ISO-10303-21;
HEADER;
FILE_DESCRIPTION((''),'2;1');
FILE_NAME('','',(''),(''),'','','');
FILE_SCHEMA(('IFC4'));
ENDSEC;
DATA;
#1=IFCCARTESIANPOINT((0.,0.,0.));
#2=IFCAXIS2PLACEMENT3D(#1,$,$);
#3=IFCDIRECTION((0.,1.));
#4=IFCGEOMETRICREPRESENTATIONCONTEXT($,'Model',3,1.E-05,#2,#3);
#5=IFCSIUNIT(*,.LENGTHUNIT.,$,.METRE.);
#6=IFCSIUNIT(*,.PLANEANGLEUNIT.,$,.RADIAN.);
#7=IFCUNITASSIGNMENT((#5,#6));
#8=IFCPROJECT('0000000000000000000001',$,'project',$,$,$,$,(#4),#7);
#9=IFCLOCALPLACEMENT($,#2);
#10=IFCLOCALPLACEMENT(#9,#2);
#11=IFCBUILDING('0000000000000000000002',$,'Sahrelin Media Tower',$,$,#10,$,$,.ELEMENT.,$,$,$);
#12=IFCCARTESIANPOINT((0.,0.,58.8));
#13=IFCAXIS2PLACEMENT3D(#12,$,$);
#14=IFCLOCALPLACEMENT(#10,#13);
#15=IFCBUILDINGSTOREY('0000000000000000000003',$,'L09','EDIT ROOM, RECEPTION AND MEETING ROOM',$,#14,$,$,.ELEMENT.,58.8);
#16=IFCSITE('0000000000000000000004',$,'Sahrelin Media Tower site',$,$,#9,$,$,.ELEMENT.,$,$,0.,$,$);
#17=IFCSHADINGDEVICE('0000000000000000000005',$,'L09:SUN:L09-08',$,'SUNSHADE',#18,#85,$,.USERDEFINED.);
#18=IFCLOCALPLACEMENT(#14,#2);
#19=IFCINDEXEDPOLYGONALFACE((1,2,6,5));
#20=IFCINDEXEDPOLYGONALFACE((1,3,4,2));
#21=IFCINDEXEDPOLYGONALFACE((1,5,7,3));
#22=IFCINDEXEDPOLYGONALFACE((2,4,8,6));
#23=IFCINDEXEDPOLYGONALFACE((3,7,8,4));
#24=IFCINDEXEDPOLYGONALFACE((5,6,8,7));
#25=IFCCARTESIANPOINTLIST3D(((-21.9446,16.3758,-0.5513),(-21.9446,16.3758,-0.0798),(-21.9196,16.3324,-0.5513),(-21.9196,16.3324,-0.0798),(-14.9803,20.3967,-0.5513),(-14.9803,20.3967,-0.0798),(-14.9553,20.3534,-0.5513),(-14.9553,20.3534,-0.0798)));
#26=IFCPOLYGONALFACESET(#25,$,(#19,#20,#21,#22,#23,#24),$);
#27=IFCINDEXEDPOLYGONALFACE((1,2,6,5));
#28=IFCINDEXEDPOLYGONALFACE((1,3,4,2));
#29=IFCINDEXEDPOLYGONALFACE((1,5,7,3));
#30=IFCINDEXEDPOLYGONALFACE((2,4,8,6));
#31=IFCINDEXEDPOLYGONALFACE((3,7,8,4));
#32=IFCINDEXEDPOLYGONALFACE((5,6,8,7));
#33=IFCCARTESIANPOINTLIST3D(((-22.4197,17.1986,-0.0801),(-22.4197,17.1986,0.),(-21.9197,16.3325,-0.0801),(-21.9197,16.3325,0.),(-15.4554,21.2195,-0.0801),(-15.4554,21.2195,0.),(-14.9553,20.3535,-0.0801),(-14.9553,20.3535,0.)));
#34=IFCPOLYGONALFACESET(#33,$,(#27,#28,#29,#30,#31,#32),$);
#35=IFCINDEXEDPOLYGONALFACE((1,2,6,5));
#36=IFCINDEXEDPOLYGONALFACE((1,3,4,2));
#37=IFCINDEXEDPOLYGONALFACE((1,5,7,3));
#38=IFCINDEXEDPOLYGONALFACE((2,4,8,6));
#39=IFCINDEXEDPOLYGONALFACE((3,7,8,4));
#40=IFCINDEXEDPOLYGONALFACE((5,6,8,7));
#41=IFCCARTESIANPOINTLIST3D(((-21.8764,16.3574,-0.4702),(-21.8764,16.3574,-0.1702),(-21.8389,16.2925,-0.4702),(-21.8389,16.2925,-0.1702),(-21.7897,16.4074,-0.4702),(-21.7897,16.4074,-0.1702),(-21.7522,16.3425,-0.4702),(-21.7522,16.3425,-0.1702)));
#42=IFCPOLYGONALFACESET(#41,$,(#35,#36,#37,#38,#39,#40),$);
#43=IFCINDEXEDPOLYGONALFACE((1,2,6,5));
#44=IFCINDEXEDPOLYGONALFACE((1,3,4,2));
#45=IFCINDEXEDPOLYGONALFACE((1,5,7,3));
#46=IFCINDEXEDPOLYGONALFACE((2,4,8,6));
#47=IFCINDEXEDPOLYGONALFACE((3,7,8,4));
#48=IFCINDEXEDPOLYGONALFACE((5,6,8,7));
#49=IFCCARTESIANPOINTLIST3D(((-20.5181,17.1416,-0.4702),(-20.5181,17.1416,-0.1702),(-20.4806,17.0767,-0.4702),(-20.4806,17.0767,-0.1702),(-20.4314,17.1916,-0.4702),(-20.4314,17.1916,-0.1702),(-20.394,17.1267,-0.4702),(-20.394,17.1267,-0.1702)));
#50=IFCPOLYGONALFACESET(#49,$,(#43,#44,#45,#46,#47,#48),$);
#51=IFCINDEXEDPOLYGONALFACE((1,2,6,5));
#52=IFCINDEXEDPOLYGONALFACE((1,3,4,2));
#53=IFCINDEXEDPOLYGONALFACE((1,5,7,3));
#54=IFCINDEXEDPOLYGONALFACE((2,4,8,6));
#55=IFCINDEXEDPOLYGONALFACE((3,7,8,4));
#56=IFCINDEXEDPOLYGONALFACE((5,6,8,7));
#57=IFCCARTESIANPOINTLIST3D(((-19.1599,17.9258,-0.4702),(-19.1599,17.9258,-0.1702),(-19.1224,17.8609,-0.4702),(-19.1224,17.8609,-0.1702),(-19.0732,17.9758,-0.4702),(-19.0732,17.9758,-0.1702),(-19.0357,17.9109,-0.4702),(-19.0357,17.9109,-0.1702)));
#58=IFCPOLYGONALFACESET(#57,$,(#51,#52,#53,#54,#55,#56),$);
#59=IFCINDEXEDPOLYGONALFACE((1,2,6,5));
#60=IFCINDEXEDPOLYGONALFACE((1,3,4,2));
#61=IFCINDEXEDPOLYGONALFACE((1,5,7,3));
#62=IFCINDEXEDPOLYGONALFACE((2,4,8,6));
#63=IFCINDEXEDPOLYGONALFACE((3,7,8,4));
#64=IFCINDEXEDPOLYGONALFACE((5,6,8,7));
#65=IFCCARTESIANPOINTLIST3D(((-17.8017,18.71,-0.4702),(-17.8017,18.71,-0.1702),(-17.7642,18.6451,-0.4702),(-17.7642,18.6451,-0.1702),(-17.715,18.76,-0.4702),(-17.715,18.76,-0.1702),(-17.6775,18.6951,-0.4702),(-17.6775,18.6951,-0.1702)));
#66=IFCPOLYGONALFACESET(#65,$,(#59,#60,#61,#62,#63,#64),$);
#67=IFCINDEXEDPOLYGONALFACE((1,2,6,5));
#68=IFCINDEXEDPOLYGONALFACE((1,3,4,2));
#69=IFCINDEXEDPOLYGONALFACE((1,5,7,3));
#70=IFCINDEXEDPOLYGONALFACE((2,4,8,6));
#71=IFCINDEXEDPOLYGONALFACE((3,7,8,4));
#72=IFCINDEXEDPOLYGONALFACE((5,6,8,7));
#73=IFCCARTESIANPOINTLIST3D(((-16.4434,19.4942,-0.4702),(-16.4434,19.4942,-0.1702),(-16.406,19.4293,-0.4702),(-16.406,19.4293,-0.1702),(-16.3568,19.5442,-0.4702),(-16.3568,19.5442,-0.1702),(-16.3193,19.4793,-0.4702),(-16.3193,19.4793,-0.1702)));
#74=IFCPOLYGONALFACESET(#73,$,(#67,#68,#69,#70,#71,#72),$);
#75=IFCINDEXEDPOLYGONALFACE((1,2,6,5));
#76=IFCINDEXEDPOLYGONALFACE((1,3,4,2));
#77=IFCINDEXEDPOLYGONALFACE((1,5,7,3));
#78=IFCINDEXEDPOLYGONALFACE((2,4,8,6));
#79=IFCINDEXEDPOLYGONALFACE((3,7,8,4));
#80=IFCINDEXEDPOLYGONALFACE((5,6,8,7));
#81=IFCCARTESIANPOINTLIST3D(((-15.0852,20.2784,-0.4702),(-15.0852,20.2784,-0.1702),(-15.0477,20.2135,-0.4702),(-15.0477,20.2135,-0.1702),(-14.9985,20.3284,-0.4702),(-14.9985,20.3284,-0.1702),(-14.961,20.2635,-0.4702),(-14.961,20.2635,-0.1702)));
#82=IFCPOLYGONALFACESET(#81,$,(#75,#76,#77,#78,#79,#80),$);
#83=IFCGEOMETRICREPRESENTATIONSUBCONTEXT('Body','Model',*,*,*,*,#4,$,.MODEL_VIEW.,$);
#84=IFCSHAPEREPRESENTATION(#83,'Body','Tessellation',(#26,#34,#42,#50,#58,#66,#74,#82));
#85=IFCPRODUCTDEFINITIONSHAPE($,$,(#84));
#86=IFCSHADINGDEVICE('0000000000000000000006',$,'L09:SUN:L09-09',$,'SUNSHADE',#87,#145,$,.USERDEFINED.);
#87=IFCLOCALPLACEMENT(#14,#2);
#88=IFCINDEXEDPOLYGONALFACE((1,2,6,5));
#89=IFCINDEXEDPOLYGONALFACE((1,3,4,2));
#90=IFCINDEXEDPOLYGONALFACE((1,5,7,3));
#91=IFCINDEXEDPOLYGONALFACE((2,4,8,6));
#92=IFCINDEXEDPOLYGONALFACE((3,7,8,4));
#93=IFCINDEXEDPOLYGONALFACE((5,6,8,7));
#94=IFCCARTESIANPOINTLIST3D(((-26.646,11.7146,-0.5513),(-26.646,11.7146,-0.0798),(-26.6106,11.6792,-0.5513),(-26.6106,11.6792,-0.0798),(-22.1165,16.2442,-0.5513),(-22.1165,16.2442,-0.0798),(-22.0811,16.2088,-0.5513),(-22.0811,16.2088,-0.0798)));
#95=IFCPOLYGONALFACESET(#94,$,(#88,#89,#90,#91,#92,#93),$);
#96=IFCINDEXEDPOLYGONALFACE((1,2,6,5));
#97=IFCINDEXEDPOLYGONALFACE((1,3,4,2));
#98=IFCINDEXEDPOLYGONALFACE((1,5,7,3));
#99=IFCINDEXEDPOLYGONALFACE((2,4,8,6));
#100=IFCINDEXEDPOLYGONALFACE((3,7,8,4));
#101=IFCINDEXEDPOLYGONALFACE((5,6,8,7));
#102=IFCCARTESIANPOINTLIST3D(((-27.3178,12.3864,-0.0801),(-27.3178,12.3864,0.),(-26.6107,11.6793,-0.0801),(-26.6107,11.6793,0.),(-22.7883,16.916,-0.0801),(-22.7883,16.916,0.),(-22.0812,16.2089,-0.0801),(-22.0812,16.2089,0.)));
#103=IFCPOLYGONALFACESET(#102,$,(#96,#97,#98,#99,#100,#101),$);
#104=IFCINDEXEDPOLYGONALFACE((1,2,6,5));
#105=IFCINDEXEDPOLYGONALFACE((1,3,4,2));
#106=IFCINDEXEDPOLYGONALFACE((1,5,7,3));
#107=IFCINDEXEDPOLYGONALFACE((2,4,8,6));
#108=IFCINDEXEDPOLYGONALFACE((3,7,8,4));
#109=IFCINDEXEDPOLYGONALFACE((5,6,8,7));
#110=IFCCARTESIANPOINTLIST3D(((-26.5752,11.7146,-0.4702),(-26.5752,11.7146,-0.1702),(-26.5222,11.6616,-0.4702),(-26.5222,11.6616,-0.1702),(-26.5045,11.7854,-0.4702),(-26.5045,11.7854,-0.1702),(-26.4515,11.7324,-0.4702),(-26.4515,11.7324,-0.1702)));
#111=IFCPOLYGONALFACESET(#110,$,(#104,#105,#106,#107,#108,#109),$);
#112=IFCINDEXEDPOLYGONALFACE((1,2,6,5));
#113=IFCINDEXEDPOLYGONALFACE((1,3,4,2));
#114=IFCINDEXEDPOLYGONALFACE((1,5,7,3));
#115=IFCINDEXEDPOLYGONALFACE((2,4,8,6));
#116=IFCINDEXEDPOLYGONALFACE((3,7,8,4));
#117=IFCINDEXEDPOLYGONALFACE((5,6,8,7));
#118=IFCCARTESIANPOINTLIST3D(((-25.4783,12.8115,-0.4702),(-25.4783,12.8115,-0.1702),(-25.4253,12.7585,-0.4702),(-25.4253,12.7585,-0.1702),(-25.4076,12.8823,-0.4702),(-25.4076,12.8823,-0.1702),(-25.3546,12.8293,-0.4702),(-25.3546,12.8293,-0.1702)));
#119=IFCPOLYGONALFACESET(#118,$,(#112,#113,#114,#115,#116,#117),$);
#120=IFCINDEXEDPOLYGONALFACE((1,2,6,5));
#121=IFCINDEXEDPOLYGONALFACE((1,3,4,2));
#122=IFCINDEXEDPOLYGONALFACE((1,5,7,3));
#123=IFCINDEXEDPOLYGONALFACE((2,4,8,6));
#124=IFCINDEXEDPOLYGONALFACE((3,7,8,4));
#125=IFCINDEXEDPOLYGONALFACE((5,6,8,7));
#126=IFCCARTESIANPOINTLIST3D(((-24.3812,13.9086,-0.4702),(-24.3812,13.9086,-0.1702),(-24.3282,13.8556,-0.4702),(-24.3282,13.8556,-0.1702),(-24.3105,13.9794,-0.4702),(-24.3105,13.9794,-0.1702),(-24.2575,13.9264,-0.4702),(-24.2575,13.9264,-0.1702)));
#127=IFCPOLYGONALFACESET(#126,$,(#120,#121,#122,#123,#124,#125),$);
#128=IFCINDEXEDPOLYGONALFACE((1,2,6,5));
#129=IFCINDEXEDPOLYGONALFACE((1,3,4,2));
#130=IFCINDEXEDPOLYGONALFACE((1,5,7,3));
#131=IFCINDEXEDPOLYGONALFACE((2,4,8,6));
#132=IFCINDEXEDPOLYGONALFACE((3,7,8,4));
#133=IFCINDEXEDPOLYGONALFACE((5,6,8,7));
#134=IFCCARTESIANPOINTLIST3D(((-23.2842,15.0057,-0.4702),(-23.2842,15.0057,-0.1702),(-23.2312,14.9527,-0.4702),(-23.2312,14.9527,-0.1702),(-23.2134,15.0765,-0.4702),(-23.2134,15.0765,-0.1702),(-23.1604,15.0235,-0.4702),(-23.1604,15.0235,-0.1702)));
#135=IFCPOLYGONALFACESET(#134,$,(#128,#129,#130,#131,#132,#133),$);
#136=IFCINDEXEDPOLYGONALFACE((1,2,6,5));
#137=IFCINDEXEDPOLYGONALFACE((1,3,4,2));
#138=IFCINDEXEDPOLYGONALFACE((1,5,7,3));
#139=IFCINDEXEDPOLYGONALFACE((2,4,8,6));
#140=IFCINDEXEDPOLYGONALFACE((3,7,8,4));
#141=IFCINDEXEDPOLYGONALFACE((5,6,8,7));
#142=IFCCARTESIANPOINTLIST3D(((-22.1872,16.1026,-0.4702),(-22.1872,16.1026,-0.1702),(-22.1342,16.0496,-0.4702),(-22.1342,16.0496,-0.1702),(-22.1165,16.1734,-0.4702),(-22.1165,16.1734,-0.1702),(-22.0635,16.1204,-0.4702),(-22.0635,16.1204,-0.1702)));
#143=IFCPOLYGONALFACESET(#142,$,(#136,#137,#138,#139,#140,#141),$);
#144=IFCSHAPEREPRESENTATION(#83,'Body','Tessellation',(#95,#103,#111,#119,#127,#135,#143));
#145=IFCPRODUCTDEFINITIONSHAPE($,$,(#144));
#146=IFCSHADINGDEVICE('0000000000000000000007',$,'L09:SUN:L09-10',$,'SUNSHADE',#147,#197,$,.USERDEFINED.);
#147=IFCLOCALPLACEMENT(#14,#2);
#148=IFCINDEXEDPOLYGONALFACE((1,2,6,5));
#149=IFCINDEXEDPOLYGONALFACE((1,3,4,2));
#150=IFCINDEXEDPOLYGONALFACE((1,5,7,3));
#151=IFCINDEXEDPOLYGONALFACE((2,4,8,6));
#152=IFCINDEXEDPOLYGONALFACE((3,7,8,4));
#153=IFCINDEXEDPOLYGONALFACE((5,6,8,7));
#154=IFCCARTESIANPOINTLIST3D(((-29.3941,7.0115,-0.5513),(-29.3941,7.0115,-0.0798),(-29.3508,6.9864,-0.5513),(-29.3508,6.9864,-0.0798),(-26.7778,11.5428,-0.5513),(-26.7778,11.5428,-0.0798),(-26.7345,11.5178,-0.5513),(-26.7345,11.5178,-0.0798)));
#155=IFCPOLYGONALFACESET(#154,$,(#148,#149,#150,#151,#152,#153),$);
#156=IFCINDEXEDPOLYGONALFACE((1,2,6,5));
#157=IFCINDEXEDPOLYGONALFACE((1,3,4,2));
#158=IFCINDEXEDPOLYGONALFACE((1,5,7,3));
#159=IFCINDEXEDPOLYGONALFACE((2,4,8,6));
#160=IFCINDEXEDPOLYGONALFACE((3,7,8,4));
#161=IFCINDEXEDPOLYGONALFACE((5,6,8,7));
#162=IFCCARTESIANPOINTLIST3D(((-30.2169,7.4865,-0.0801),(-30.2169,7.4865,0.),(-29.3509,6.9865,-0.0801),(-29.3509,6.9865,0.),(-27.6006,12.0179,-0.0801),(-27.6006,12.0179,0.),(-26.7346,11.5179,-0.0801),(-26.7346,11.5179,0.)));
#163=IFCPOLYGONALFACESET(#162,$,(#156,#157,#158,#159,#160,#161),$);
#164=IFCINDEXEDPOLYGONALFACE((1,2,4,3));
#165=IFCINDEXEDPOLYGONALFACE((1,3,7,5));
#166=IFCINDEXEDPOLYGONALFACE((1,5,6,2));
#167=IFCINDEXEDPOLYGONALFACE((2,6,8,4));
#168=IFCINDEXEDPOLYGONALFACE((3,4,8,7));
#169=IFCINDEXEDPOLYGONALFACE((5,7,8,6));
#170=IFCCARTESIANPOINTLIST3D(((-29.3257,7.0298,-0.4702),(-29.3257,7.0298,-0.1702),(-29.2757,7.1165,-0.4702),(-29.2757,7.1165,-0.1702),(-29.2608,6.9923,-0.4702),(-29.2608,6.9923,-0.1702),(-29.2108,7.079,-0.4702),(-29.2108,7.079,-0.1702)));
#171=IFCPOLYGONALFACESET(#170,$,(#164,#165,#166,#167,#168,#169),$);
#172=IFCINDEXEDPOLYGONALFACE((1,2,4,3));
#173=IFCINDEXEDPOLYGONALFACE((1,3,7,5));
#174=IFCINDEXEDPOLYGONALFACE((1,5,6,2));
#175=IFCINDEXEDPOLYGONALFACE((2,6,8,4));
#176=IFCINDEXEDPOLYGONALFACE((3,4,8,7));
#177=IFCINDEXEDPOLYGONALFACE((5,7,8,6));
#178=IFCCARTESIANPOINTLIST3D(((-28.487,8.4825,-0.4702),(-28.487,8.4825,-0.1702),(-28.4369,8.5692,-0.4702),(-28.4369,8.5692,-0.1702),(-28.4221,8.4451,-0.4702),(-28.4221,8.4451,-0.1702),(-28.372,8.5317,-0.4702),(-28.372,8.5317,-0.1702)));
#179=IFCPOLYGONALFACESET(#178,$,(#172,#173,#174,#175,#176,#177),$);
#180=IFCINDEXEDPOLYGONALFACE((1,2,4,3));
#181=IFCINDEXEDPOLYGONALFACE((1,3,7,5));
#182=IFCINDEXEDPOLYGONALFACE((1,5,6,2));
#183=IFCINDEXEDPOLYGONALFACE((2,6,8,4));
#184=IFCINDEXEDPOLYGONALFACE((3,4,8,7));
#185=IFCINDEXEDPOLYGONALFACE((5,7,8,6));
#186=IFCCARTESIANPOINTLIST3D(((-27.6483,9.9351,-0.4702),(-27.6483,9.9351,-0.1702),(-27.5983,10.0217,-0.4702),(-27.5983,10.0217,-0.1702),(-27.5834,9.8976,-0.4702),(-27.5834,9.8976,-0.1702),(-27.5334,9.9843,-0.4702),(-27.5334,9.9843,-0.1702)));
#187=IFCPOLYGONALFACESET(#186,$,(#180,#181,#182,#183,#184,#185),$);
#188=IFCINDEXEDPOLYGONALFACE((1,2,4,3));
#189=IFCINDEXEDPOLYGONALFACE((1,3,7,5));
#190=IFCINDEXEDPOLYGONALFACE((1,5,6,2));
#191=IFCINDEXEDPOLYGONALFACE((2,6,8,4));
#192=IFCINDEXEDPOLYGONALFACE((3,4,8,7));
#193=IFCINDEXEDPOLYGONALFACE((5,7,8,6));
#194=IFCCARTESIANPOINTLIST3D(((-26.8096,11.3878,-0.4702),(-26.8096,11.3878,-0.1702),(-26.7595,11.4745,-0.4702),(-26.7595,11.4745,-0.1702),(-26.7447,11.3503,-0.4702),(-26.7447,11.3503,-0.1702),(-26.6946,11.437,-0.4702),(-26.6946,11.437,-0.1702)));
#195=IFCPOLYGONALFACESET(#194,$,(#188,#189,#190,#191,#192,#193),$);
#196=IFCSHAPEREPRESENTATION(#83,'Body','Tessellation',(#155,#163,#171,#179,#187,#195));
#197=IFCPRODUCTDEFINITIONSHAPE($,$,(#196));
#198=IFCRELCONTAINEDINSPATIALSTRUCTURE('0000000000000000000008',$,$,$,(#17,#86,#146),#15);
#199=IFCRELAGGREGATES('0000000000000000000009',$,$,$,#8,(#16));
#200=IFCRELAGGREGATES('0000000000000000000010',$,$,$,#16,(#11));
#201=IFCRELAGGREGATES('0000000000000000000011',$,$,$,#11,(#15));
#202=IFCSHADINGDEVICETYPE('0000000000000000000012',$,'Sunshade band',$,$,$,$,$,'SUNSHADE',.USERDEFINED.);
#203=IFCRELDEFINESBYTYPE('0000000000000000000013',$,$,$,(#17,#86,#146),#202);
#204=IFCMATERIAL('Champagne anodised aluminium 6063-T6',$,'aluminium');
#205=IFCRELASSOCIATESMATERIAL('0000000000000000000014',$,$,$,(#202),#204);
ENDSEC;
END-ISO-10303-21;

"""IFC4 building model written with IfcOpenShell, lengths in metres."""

from ifc_helpers import new_model, si_unit, direction, frame, origin, origin_2d, place, context, subcontext, project, spatial, rectangle, extrude, material, type_object, element, save


model = new_model("IFC4")

# Units and contexts
model_context = context("Model", 3, precision=1e-05, world=origin(), true_north=direction((0.0, 1.0)))
body_context = subcontext(model_context, "Body", "Model", "MODEL_VIEW")
ifc_project = project(units=[si_unit("LENGTHUNIT", "METRE"), si_unit("PLANEANGLEUNIT", "RADIAN")], contexts=[model_context])

# Site, building, storey
site_placement = place(None, origin())
site = spatial("IfcSite", under=ifc_project, at=site_placement, Name="Sahrelin Media Tower site", CompositionType="ELEMENT", RefElevation=0.0)
building_placement = place(site_placement, origin())
building = spatial("IfcBuilding", under=site, at=building_placement, Name="Sahrelin Media Tower", CompositionType="ELEMENT")
storey_placement = place(building_placement, frame((0.0, 0.0, 58.8)))
storey = spatial("IfcBuildingStorey", under=building, at=storey_placement, Name="L09", Description="EDIT ROOM, RECEPTION AND MEETING ROOM", CompositionType="ELEMENT", Elevation=58.8)

# Shared definitions
ifc_material_1 = material(Name="Champagne anodised aluminium 6063-T6", Category="aluminium")

# Shading devices
placement_1 = place(storey_placement, frame((-18.4275, 18.3257, 0.0), z_axis=(0.0, 0.0, 1.0), x_axis=(0.866019, 0.500011, 0.0)))
placement_2 = place(storey_placement, frame((-24.3318, 13.9299, 0.0), z_axis=(0.0, 0.0, 1.0), x_axis=(0.707107, 0.707107, 0.0)))
placement_3 = place(storey_placement, frame((-28.0254, 9.2422, 0.0), z_axis=(0.0, 0.0, 1.0), x_axis=(0.500011, 0.866019, 0.0)))
shading_device_type_1 = type_object("IfcShadingDeviceType", Name="Sunshade band", ElementType="SUNSHADE", PredefinedType="USERDEFINED", material=ifc_material_1)
element("IfcShadingDevice", 1, at=placement_1, inside=storey, type_object=shading_device_type_1, Name="L09:SUN:L09-08", ObjectType="SUNSHADE", PredefinedType="USERDEFINED", context=body_context, shape_type="SweptSolid", body=[
    extrude(rectangle(XDim=8.0417, YDim=0.05, at=origin_2d()), frame((0.0, 0.0449, -0.5513)), (0.0, 0.0, 1.0), 0.4714),
    extrude(rectangle(XDim=8.0417, YDim=1.0, at=origin_2d()), frame((0.0, 0.52, -0.0801)), (0.0, 0.0, 1.0), 0.0801),
    extrude(rectangle(XDim=0.1001, YDim=0.075, at=origin_2d()), frame((-3.9209, -0.0176, -0.4702)), (0.0, 0.0, 1.0), 0.3),
    extrude(rectangle(XDim=0.1001, YDim=0.075, at=origin_2d()), frame((-2.3525, -0.0176, -0.4702)), (0.0, 0.0, 1.0), 0.3),
    extrude(rectangle(XDim=0.1001, YDim=0.075, at=origin_2d()), frame((-0.7842, -0.0176, -0.4702)), (0.0, 0.0, 1.0), 0.3),
    extrude(rectangle(XDim=0.1001, YDim=0.075, at=origin_2d()), frame((0.7842, -0.0176, -0.4702)), (0.0, 0.0, 1.0), 0.3),
    extrude(rectangle(XDim=0.1001, YDim=0.075, at=origin_2d()), frame((2.3525, -0.0176, -0.4702)), (0.0, 0.0, 1.0), 0.3),
    extrude(rectangle(XDim=0.1001, YDim=0.075, at=origin_2d()), frame((3.9209, -0.0176, -0.4702)), (0.0, 0.0, 1.0), 0.3),
])
element("IfcShadingDevice", 2, at=placement_2, inside=storey, type_object=shading_device_type_1, Name="L09:SUN:L09-09", ObjectType="SUNSHADE", PredefinedType="USERDEFINED", context=body_context, shape_type="SweptSolid", body=[
    extrude(rectangle(XDim=6.4058, YDim=0.05, at=origin_2d()), frame((0.0, 0.0449, -0.5513)), (0.0, 0.0, 1.0), 0.4714),
    extrude(rectangle(XDim=6.4058, YDim=1.0, at=origin_2d()), frame((0.0, 0.52, -0.0801)), (0.0, 0.0, 1.0), 0.0801),
    extrude(rectangle(XDim=0.1001, YDim=0.075, at=origin_2d()), frame((-3.1028, -0.0176, -0.4702)), (0.0, 0.0, 1.0), 0.3),
    extrude(rectangle(XDim=0.1001, YDim=0.075, at=origin_2d()), frame((-1.5515, -0.0176, -0.4702)), (0.0, 0.0, 1.0), 0.3),
    extrude(rectangle(XDim=0.1001, YDim=0.075, at=origin_2d()), frame((0.0, -0.0176, -0.4702)), (0.0, 0.0, 1.0), 0.3),
    extrude(rectangle(XDim=0.1001, YDim=0.075, at=origin_2d()), frame((1.5515, -0.0176, -0.4702)), (0.0, 0.0, 1.0), 0.3),
    extrude(rectangle(XDim=0.1001, YDim=0.075, at=origin_2d()), frame((3.1028, -0.0176, -0.4702)), (0.0, 0.0, 1.0), 0.3),
])
element("IfcShadingDevice", 3, at=placement_3, inside=storey, type_object=shading_device_type_1, Name="L09:SUN:L09-10", ObjectType="SUNSHADE", PredefinedType="USERDEFINED", context=body_context, shape_type="SweptSolid", body=[
    extrude(rectangle(XDim=5.2324, YDim=0.05, at=origin_2d()), frame((0.0, 0.0449, -0.5513)), (0.0, 0.0, 1.0), 0.4714),
    extrude(rectangle(XDim=5.2324, YDim=1.0, at=origin_2d()), frame((0.0, 0.52, -0.0801)), (0.0, 0.0, 1.0), 0.0801),
    extrude(rectangle(XDim=0.1001, YDim=0.075, at=origin_2d()), frame((-2.5161, -0.0176, -0.4702)), (0.0, 0.0, 1.0), 0.3),
    extrude(rectangle(XDim=0.1001, YDim=0.075, at=origin_2d()), frame((-0.8386, -0.0176, -0.4702)), (0.0, 0.0, 1.0), 0.3),
    extrude(rectangle(XDim=0.1001, YDim=0.075, at=origin_2d()), frame((0.8386, -0.0176, -0.4702)), (0.0, 0.0, 1.0), 0.3),
    extrude(rectangle(XDim=0.1001, YDim=0.075, at=origin_2d()), frame((2.5161, -0.0176, -0.4702)), (0.0, 0.0, 1.0), 0.3),
])

save(model, "model.ifc")
